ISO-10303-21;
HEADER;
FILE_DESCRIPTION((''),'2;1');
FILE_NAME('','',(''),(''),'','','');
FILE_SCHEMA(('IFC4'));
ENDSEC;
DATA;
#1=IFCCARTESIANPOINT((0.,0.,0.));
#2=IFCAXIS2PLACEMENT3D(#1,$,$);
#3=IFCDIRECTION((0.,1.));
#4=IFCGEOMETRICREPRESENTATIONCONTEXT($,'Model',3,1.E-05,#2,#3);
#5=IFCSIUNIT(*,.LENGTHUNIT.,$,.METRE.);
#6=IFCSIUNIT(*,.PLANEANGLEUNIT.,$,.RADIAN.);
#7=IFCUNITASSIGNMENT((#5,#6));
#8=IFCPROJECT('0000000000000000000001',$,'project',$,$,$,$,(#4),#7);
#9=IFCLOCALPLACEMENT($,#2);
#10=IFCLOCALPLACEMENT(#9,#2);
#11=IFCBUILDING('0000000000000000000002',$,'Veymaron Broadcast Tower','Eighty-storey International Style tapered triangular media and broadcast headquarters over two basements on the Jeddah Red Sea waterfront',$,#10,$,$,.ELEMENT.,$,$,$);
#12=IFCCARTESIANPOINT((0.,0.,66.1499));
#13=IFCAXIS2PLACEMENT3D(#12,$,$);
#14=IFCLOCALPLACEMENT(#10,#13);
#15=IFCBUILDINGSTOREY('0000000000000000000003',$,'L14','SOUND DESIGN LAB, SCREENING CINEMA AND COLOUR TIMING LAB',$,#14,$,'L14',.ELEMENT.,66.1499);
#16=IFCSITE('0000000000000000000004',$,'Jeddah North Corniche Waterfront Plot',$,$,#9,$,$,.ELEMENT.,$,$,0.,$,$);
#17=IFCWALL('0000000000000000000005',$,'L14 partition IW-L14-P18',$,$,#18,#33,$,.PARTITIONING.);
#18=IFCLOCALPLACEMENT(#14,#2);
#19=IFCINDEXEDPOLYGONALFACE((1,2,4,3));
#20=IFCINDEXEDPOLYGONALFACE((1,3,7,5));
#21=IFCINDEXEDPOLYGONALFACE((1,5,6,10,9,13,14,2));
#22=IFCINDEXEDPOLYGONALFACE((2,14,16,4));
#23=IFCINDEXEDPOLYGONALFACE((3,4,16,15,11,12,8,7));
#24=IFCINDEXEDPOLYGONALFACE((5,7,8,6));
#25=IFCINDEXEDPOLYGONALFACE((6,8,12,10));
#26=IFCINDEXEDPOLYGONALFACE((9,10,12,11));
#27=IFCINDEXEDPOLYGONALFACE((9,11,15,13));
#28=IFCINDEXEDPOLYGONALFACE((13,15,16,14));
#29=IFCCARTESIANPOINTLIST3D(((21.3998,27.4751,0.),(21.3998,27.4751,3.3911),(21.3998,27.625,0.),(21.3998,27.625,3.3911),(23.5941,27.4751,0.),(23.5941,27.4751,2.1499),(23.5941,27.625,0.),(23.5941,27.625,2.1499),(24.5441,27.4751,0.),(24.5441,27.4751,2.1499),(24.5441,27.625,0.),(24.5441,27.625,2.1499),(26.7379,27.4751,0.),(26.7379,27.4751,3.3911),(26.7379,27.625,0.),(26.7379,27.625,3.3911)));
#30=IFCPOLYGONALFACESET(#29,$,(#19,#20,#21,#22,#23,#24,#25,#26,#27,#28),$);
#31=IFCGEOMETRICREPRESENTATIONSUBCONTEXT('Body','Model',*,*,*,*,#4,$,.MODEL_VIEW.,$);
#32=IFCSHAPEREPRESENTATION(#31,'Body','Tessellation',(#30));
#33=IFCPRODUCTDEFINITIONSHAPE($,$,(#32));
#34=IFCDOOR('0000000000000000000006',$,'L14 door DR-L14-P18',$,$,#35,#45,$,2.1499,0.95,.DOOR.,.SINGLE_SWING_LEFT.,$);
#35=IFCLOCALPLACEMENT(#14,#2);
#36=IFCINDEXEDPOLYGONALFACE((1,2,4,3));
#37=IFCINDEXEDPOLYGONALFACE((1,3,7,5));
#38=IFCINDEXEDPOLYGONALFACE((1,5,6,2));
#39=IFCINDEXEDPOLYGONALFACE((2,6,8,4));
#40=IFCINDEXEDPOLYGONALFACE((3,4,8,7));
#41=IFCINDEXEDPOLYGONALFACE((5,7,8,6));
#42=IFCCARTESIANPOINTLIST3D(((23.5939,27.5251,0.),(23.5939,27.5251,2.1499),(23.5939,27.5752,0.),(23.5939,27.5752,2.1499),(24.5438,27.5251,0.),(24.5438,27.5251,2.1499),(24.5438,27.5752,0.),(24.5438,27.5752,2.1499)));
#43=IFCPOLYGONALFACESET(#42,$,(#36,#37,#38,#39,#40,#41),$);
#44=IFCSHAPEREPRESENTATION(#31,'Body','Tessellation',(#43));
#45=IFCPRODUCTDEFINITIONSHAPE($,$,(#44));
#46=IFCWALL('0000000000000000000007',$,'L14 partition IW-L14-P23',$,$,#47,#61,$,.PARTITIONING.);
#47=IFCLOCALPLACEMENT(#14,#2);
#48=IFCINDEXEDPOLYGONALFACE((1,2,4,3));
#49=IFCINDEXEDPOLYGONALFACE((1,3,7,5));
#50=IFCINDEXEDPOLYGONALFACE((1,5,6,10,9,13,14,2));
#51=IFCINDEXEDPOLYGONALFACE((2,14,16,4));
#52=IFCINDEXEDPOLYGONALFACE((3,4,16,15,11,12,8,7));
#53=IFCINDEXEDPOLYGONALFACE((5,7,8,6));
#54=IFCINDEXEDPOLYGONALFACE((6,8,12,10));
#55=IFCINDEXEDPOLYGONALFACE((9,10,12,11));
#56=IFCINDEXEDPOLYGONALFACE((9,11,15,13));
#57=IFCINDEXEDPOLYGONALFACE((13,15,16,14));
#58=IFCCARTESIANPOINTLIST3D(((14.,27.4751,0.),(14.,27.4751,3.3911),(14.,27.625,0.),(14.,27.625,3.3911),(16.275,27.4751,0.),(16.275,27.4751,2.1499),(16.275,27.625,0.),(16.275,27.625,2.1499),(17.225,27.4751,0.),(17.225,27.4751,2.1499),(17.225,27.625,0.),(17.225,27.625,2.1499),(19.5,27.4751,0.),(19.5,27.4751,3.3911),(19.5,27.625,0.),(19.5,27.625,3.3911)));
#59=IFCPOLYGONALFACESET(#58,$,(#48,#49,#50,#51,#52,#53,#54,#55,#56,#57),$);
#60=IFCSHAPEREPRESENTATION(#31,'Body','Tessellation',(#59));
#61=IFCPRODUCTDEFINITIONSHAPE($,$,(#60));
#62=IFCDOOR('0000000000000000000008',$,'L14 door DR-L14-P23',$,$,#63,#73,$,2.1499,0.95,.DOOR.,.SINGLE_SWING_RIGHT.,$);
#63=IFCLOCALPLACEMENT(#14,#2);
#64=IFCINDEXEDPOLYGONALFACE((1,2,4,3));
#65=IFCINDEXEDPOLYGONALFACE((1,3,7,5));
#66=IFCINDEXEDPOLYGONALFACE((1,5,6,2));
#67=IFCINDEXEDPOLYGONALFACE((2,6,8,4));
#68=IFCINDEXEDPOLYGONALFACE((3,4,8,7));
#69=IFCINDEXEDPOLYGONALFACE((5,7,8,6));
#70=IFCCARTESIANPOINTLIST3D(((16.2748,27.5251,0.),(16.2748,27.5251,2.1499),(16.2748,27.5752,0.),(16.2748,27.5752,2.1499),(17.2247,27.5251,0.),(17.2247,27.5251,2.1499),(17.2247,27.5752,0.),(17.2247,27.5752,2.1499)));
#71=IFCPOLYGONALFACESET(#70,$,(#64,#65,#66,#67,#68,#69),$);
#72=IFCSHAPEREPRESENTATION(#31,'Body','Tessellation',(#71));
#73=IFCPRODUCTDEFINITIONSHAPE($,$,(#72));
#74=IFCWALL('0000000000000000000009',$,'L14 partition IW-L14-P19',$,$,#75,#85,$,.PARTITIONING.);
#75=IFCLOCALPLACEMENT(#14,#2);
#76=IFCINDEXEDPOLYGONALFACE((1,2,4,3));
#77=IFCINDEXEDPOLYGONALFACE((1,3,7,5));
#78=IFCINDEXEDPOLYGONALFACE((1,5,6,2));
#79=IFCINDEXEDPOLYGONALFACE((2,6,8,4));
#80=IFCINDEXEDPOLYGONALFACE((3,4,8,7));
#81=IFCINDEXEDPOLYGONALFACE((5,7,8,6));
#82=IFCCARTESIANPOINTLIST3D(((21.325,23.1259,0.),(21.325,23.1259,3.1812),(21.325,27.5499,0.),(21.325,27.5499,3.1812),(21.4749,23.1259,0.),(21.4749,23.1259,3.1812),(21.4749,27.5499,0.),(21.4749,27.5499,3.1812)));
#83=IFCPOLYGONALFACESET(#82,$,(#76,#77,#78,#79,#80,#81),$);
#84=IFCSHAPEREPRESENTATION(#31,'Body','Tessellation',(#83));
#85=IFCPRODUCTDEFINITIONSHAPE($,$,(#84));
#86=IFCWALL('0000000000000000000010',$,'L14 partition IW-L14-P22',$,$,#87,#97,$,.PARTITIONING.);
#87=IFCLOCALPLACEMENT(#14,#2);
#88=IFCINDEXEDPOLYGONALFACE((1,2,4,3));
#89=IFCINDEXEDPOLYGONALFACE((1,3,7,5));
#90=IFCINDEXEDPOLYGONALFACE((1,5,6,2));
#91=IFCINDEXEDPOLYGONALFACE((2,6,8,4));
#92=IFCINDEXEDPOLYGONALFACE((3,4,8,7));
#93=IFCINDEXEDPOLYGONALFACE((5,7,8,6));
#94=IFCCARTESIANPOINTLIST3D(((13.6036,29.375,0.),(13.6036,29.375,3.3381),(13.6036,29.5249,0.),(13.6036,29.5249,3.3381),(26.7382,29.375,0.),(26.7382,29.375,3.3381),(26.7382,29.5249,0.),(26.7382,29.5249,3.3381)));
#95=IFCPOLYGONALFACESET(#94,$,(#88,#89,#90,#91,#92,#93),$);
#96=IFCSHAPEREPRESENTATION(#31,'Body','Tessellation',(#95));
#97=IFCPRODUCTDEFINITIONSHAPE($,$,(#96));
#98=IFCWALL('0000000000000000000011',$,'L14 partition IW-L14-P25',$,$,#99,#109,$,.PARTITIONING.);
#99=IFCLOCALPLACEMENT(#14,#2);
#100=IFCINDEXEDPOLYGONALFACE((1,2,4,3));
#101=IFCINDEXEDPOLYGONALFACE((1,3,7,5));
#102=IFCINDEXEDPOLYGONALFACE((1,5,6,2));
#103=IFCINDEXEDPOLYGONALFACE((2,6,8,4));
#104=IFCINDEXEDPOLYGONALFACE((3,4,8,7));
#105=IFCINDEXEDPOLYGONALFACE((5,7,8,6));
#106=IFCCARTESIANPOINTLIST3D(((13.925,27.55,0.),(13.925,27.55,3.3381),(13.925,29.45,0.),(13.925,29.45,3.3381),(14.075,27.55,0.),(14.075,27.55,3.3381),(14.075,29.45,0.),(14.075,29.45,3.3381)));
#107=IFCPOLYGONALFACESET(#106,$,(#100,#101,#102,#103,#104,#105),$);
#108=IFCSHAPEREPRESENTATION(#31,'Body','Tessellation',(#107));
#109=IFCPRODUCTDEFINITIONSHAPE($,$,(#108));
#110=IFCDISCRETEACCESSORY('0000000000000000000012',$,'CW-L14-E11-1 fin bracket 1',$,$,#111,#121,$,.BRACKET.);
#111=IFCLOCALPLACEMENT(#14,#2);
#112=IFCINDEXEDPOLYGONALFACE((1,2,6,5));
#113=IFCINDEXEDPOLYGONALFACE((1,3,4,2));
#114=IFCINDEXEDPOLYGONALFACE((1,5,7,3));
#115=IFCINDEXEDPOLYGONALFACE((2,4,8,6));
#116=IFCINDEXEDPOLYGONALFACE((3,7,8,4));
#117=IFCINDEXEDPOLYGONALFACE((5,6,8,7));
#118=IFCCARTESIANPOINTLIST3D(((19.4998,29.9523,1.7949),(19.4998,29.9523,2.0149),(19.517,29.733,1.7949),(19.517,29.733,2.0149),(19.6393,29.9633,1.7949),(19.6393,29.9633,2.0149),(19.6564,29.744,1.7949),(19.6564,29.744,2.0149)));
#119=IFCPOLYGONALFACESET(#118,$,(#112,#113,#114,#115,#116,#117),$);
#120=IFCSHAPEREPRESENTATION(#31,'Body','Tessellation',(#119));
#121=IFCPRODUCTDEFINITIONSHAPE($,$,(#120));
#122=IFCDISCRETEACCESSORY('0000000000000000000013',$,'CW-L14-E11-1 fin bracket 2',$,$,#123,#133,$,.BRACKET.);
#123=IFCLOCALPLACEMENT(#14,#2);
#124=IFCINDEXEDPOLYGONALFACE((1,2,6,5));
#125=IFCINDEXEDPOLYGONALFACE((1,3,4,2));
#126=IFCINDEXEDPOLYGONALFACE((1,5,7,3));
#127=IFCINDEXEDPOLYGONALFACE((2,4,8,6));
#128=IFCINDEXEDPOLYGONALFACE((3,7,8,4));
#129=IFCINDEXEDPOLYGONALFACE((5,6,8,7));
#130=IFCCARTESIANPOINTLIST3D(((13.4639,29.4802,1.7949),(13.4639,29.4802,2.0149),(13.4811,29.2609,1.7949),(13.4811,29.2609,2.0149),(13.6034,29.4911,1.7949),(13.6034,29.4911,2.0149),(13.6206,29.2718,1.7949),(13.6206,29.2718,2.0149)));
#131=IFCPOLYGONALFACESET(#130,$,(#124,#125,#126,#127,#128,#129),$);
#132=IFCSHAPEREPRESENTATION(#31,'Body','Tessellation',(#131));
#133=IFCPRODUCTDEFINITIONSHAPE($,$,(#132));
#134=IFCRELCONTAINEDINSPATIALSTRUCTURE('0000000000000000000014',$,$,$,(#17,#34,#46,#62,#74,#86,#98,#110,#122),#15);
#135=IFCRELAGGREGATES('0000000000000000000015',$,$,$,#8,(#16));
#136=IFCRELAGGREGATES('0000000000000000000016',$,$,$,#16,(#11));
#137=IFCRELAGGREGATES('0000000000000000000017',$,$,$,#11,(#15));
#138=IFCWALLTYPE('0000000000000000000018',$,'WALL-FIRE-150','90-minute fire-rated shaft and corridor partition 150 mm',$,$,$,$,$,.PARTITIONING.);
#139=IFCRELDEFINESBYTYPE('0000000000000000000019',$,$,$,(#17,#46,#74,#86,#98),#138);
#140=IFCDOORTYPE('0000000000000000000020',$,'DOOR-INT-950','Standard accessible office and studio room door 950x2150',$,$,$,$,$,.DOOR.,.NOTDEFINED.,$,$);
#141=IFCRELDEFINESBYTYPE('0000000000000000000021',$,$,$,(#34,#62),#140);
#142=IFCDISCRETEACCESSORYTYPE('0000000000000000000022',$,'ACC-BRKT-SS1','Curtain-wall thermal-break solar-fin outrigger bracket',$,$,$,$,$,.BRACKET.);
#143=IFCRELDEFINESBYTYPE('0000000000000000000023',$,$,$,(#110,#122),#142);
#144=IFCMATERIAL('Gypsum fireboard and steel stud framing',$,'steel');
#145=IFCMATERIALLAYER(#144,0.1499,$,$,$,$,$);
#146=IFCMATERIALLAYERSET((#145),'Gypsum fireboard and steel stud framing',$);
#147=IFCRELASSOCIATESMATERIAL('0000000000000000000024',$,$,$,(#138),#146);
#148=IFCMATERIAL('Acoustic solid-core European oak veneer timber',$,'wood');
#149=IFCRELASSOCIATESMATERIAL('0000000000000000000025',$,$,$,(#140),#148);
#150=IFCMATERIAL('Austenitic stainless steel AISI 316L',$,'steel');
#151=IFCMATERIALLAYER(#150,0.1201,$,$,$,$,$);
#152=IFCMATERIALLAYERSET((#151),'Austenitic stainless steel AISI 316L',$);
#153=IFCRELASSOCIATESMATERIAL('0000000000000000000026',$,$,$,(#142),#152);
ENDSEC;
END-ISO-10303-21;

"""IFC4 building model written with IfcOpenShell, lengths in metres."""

from ifc_helpers import new_model, si_unit, direction, frame, frame_2d, origin, origin_2d, place, context, subcontext, project, spatial, rectangle, extrude, material, layer, layer_set, type_object, element, fill, save


model = new_model("IFC4")

# Units and contexts
model_context = context("Model", 3, precision=1e-05, world=origin(), true_north=direction((0.0, 1.0)))
body_context = subcontext(model_context, "Body", "Model", "MODEL_VIEW")
ifc_project = project(units=[si_unit("LENGTHUNIT", "METRE"), si_unit("PLANEANGLEUNIT", "RADIAN")], contexts=[model_context])

# Site, building, storey
site_placement = place(None, origin())
site = spatial("IfcSite", under=ifc_project, at=site_placement, Name="Jeddah North Corniche Waterfront Plot", CompositionType="ELEMENT", RefElevation=0.0)
building_placement = place(site_placement, origin())
building = spatial("IfcBuilding", under=site, at=building_placement, Name="Veymaron Broadcast Tower", Description="Eighty-storey International Style tapered triangular media and broadcast headquarters over two basements on the Jeddah Red Sea waterfront", CompositionType="ELEMENT")
storey_placement = place(building_placement, frame((0.0, 0.0, 66.1499)))
storey = spatial("IfcBuildingStorey", under=building, at=storey_placement, Name="L14", Description="SOUND DESIGN LAB, SCREENING CINEMA AND COLOUR TIMING LAB", LongName="L14", CompositionType="ELEMENT", Elevation=66.1499)

# Walls, openings, doors
ifc_material_1 = material(Name="Gypsum fireboard and steel stud framing", Category="steel")
ifc_layer_1 = layer(ifc_material_1, 0.1499)
ifc_layer_set_1 = layer_set([ifc_layer_1], Name="Gypsum fireboard and steel stud framing")
wall_type_1 = type_object("IfcWallType", Name="WALL-FIRE-150", Description="90-minute fire-rated shaft and corridor partition 150 mm", PredefinedType="PARTITIONING", material=ifc_layer_set_1)
wall_1_placement = place(storey_placement, frame((21.3999, 27.55, 0.0), z_axis=(0.0, 0.0, 1.0), x_axis=(1.0, 0.0, 0.0)))
wall_1 = element("IfcWall", 1, at=wall_1_placement, inside=storey, type_object=wall_type_1, Name="L14 partition IW-L14-P18", PredefinedType="PARTITIONING", context=body_context, shape_type="SweptSolid", body=[
    extrude(rectangle(XDim=5.3381, YDim=0.1499, at=frame_2d((2.6689, 0.0))), origin(), (0.0, 0.0, 1.0), 3.3911),
])
opening_1_placement = place(wall_1_placement, frame((2.1941, 0.0, 0.0)))
opening_1 = element("IfcOpeningElement", 2, at=opening_1_placement, cuts=wall_1, PredefinedType="OPENING", context=body_context, shape_type="SweptSolid", body=[
    extrude(rectangle(XDim=0.95, YDim=2.1499, at=frame_2d((0.4751, 1.075))), frame((0.0, 0.085, 0.0), z_axis=(0.0, -1.0, 0.0), x_axis=(1.0, 0.0, 0.0)), (0.0, 0.0, 1.0), 0.1699),
])
ifc_material_2 = material(Name="Acoustic solid-core European oak veneer timber", Category="wood")
door_type = type_object("IfcDoorType", Name="DOOR-INT-950", Description="Standard accessible office and studio room door 950x2150", OperationType="NOTDEFINED", PredefinedType="DOOR", material=ifc_material_2)
door_1_placement = place(opening_1_placement, frame((0.95, 0.0, 0.0), z_axis=(0.0, 0.0, 1.0), x_axis=(-1.0, 0.0, 0.0)))
door_1 = element("IfcDoor", 3, at=door_1_placement, inside=storey, type_object=door_type, Name="L14 door DR-L14-P18", OperationType="SINGLE_SWING_LEFT", OverallHeight=2.1499, OverallWidth=0.95, PredefinedType="DOOR", context=body_context, shape_type="SweptSolid", body=[
    extrude(rectangle(XDim=0.95, YDim=2.1499, at=frame_2d((0.4751, 1.075))), frame((0.0, 0.0249, 0.0), z_axis=(0.0, -1.0, 0.0), x_axis=(1.0, 0.0, 0.0)), (0.0, 0.0, 1.0), 0.05),
])
fill(opening_1, door_1)
wall_2_placement = place(storey_placement, frame((14.0, 27.55, 0.0), z_axis=(0.0, 0.0, 1.0), x_axis=(1.0, 0.0, 0.0)))
wall_2 = element("IfcWall", 4, at=wall_2_placement, inside=storey, type_object=wall_type_1, Name="L14 partition IW-L14-P23", PredefinedType="PARTITIONING", context=body_context, shape_type="SweptSolid", body=[
    extrude(rectangle(XDim=5.5, YDim=0.1499, at=frame_2d((2.75, 0.0))), origin(), (0.0, 0.0, 1.0), 3.3911),
])
opening_2_placement = place(wall_2_placement, frame((2.2749, 0.0, 0.0)))
opening_2 = element("IfcOpeningElement", 5, at=opening_2_placement, cuts=wall_2, PredefinedType="OPENING", context=body_context, shape_type="SweptSolid", body=[
    extrude(rectangle(XDim=0.95, YDim=2.1499, at=frame_2d((0.4751, 1.075))), frame((0.0, 0.085, 0.0), z_axis=(0.0, -1.0, 0.0), x_axis=(1.0, 0.0, 0.0)), (0.0, 0.0, 1.0), 0.1699),
])
door_2_placement = place(opening_2_placement, frame((0.95, 0.0, 0.0), z_axis=(0.0, 0.0, 1.0), x_axis=(-1.0, 0.0, 0.0)))
door_2 = element("IfcDoor", 6, at=door_2_placement, inside=storey, type_object=door_type, Name="L14 door DR-L14-P23", OperationType="SINGLE_SWING_RIGHT", OverallHeight=2.1499, OverallWidth=0.95, PredefinedType="DOOR", context=body_context, shape_type="SweptSolid", body=[
    extrude(rectangle(XDim=0.95, YDim=2.1499, at=frame_2d((0.4751, 1.075))), frame((0.0, 0.0249, 0.0), z_axis=(0.0, -1.0, 0.0), x_axis=(1.0, 0.0, 0.0)), (0.0, 0.0, 1.0), 0.05),
])
fill(opening_2, door_2)

# Walls
wall_3_placement = place(storey_placement, frame((21.3999, 23.126, 0.0), z_axis=(0.0, 0.0, 1.0), x_axis=(0.0, 1.0, 0.0)))
element("IfcWall", 7, at=wall_3_placement, inside=storey, type_object=wall_type_1, Name="L14 partition IW-L14-P19", PredefinedType="PARTITIONING", context=body_context, shape_type="SweptSolid", body=[
    extrude(rectangle(XDim=4.4241, YDim=0.1499, at=frame_2d((2.2119, 0.0))), origin(), (0.0, 0.0, 1.0), 3.1812),
])
wall_4_placement = place(storey_placement, frame((13.6035, 29.45, 0.0), z_axis=(0.0, 0.0, 1.0), x_axis=(1.0, 0.0, 0.0)))
element("IfcWall", 8, at=wall_4_placement, inside=storey, type_object=wall_type_1, Name="L14 partition IW-L14-P22", PredefinedType="PARTITIONING", context=body_context, shape_type="SweptSolid", body=[
    extrude(rectangle(XDim=13.1345, YDim=0.1499, at=frame_2d((6.5674, 0.0))), origin(), (0.0, 0.0, 1.0), 3.3381),
])
wall_5_placement = place(storey_placement, frame((14.0, 27.55, 0.0), z_axis=(0.0, 0.0, 1.0), x_axis=(0.0, 1.0, 0.0)))
element("IfcWall", 9, at=wall_5_placement, inside=storey, type_object=wall_type_1, Name="L14 partition IW-L14-P25", PredefinedType="PARTITIONING", context=body_context, shape_type="SweptSolid", body=[
    extrude(rectangle(XDim=1.8999, YDim=0.1499, at=frame_2d((0.95, 0.0))), origin(), (0.0, 0.0, 1.0), 3.3381),
])

# Discrete accessories
ifc_material_3 = material(Name="Austenitic stainless steel AISI 316L", Category="steel")
ifc_layer_2 = layer(ifc_material_3, 0.1201)
ifc_layer_set_2 = layer_set([ifc_layer_2], Name="Austenitic stainless steel AISI 316L")
discrete_accessory_type = type_object("IfcDiscreteAccessoryType", Name="ACC-BRKT-SS1", Description="Curtain-wall thermal-break solar-fin outrigger bracket", PredefinedType="BRACKET", material=ifc_layer_set_2)
for number, where, z_axis, x_axis, name in (
    (10, (19.5781, 29.8481, 1.7949), (0.0, 0.0, 1.0), (-0.078024, 0.996951, 0.0), "CW-L14-E11-1 fin bracket 1"),
    (11, (13.5422, 29.376, 1.7949), (0.0, 0.0, 1.0), (-0.078024, 0.996951, 0.0), "CW-L14-E11-1 fin bracket 2"),
):
    element("IfcDiscreteAccessory", number, at=place(storey_placement, frame(where, z_axis=z_axis, x_axis=x_axis)), inside=storey, type_object=discrete_accessory_type, Name=name, PredefinedType="BRACKET", context=body_context, shape_type="SweptSolid", body=[
        extrude(rectangle(XDim=0.22, YDim=0.1399, at=origin_2d()), origin(), (0.0, 0.0, 1.0), 0.22),
    ])

save(model, "model.ifc")
